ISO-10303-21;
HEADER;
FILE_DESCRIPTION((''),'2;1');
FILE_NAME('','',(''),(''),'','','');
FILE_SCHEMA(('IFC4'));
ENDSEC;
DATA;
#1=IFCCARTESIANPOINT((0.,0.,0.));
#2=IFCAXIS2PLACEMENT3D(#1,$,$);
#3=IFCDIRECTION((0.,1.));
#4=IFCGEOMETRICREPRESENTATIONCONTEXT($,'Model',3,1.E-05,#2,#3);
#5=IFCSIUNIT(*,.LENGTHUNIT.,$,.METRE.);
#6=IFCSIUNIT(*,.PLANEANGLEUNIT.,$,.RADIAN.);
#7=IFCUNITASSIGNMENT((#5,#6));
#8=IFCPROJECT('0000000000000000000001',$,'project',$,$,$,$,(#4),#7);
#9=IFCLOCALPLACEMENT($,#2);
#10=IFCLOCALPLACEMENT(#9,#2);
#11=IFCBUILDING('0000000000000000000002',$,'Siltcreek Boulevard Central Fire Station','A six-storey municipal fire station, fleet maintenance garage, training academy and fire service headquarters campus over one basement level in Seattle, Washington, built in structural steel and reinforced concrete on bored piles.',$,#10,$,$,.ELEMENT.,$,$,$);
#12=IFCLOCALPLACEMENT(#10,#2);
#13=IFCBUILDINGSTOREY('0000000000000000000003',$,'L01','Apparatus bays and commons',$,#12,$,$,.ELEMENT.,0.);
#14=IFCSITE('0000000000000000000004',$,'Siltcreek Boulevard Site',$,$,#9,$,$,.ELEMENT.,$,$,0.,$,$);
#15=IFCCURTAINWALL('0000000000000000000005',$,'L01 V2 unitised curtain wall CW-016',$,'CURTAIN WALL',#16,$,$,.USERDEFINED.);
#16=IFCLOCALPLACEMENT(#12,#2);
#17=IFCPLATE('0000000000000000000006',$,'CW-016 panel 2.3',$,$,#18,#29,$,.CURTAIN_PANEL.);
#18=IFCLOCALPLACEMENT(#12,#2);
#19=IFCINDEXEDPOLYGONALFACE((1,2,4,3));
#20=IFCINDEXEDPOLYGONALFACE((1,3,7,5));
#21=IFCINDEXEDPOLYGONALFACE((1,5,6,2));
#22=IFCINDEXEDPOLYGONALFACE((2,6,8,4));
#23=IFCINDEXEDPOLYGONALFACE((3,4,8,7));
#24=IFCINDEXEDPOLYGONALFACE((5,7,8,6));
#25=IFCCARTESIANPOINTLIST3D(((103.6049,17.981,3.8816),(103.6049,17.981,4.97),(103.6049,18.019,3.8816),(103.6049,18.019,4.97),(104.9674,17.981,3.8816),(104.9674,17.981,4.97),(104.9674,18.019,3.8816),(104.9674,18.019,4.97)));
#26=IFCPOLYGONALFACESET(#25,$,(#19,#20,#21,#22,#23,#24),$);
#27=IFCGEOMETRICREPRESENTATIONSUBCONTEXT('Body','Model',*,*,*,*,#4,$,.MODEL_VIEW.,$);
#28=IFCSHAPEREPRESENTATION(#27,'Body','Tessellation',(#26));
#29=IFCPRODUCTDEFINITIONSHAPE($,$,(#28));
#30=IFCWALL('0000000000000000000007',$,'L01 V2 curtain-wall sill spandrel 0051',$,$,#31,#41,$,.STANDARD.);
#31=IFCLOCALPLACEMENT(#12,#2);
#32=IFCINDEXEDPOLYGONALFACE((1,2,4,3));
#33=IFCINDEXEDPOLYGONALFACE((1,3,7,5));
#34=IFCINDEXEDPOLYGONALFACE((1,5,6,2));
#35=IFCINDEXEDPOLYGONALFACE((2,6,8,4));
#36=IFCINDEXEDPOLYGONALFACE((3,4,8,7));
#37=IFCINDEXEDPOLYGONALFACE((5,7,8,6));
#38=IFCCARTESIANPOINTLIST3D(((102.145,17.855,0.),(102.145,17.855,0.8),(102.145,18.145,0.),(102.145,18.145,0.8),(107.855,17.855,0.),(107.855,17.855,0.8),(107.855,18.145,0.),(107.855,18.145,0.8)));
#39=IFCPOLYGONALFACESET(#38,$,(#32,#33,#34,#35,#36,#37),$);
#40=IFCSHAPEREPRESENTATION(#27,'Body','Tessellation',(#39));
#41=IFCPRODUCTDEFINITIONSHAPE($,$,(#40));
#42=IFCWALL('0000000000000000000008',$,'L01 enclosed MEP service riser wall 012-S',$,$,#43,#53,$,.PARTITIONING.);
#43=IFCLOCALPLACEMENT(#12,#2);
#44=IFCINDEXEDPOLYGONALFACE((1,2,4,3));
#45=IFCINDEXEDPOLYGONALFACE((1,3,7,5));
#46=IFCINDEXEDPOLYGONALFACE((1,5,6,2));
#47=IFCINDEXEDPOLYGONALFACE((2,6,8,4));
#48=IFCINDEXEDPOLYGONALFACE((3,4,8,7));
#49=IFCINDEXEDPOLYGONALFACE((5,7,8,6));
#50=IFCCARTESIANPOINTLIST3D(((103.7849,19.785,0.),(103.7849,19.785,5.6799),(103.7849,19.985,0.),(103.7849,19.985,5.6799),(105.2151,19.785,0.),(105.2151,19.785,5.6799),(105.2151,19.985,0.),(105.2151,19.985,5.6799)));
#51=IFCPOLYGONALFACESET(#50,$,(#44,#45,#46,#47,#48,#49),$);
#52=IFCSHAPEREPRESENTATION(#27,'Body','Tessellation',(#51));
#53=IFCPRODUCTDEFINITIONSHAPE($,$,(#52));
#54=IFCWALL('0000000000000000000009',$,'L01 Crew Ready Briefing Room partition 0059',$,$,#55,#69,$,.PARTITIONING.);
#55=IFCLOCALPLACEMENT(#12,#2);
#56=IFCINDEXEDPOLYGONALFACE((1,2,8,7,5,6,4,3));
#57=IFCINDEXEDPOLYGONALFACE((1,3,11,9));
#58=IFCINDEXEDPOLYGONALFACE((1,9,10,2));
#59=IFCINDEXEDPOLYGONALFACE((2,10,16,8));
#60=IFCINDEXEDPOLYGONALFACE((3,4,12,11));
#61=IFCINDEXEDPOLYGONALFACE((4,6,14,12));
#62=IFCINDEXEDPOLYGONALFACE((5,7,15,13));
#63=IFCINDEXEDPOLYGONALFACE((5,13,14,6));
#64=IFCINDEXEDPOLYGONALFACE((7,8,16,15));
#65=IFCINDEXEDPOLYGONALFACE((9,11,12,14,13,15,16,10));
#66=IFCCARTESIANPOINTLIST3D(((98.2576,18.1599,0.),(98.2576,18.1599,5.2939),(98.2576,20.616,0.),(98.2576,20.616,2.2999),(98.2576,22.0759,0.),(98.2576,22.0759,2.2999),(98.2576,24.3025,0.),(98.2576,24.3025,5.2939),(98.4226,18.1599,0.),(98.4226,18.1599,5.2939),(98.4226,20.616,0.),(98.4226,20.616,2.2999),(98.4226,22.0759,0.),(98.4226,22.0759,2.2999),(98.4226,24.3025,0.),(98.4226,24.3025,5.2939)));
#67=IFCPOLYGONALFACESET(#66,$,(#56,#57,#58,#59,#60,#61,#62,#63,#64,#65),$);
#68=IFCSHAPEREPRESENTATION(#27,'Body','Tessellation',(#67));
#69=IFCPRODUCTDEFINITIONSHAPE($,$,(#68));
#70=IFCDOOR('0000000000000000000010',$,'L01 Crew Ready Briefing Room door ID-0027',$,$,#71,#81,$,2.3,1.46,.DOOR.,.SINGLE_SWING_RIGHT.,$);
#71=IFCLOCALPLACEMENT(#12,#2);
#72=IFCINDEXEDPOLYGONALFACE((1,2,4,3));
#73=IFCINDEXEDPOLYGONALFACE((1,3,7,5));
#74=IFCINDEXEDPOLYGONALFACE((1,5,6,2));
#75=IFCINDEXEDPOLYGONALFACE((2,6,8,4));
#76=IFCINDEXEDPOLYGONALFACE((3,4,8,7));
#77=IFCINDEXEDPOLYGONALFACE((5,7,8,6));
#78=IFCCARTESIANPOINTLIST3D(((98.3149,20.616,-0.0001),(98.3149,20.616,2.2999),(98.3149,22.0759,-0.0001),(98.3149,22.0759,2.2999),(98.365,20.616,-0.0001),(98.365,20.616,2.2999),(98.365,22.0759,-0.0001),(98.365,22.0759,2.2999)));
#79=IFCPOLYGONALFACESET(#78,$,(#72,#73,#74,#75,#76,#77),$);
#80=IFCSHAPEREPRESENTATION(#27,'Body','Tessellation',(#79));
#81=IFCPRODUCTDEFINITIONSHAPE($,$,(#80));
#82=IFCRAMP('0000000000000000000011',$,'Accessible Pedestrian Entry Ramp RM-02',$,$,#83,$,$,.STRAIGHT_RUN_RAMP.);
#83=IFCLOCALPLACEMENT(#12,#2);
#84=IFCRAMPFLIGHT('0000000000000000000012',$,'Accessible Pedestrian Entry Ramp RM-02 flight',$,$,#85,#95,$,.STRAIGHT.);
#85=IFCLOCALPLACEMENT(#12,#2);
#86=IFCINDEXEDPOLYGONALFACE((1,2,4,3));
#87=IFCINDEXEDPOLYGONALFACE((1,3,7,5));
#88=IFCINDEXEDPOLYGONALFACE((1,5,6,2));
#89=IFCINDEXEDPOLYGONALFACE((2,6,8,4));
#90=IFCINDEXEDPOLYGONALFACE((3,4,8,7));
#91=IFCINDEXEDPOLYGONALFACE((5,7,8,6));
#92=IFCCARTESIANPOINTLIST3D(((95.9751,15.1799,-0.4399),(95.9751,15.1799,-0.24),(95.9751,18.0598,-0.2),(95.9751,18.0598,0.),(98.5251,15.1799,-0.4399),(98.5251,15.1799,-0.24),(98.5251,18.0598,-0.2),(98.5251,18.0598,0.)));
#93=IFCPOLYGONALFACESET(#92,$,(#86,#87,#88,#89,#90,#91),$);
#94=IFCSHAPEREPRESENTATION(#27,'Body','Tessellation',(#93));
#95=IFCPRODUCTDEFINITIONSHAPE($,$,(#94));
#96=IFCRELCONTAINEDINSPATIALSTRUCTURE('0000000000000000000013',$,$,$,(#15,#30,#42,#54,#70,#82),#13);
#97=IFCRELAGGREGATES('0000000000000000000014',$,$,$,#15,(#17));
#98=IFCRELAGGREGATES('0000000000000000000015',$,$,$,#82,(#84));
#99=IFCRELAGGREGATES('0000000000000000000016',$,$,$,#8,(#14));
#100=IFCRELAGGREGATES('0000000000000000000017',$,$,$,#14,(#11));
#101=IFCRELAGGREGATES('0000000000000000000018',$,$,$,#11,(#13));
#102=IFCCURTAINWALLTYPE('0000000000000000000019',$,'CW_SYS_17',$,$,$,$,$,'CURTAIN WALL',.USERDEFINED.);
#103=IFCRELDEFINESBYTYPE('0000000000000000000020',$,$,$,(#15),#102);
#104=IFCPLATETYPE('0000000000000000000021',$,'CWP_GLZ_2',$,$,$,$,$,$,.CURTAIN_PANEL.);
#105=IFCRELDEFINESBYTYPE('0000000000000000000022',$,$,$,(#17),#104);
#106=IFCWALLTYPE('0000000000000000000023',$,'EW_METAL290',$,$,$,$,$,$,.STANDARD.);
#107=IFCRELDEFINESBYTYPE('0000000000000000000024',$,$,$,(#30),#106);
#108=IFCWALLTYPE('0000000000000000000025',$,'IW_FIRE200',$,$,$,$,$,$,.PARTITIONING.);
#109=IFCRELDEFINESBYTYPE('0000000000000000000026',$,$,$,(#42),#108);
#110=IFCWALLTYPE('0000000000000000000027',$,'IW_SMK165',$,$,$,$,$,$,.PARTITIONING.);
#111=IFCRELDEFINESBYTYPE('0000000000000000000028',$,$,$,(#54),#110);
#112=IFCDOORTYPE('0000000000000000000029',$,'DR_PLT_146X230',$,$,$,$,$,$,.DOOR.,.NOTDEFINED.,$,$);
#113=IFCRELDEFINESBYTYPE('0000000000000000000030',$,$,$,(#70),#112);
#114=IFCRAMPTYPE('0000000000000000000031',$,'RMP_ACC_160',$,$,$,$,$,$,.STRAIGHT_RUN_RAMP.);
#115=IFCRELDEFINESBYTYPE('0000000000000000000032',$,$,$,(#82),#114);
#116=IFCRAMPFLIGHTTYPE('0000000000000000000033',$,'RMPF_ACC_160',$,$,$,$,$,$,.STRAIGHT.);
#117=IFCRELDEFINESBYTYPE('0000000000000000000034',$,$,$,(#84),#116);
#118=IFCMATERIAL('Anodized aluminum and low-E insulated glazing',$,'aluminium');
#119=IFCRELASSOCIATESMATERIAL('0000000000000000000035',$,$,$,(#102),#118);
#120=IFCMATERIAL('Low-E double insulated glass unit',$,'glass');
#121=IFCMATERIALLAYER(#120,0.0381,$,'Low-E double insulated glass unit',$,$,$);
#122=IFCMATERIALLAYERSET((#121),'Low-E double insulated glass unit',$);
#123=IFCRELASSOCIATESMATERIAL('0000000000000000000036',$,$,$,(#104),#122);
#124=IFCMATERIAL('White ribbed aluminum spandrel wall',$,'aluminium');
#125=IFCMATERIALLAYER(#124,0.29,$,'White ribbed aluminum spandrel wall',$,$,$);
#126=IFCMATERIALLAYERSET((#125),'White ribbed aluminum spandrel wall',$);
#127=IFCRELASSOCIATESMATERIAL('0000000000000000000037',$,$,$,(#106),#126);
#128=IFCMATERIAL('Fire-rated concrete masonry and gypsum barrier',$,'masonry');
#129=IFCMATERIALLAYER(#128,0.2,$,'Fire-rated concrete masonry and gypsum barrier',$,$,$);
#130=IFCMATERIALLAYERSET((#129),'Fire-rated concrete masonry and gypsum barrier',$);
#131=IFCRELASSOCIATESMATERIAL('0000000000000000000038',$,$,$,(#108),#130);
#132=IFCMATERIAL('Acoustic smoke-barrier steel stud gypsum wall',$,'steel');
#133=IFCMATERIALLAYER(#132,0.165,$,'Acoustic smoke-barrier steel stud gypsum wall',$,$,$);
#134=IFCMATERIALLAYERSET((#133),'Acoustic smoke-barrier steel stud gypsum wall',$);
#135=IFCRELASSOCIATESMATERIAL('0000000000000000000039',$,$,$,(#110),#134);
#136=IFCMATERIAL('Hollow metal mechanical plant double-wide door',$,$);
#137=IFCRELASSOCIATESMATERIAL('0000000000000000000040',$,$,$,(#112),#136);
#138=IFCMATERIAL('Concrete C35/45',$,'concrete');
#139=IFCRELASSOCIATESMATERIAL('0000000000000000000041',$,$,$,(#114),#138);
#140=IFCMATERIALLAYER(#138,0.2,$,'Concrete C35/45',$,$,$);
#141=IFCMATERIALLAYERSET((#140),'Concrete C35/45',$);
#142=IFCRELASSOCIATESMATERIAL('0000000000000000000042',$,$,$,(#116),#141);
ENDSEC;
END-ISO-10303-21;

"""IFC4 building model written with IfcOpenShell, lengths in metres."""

from ifc_helpers import new_model, si_unit, direction, frame, frame_2d, origin, origin_2d, place, context, subcontext, project, spatial, polyline, rectangle, outline, extrude, material, layer, layer_set, type_object, element, fill, aggregate, save


model = new_model("IFC4")

# Units and contexts
model_context = context("Model", 3, precision=1e-05, world=origin(), true_north=direction((0.0, 1.0)))
body_context = subcontext(model_context, "Body", "Model", "MODEL_VIEW")
ifc_project = project(units=[si_unit("LENGTHUNIT", "METRE"), si_unit("PLANEANGLEUNIT", "RADIAN")], contexts=[model_context])

# Site, building, storey
site_placement = place(None, origin())
site = spatial("IfcSite", under=ifc_project, at=site_placement, Name="Siltcreek Boulevard Site", CompositionType="ELEMENT", RefElevation=0.0)
building_placement = place(site_placement, origin())
building = spatial("IfcBuilding", under=site, at=building_placement, Name="Siltcreek Boulevard Central Fire Station", Description="A six-storey municipal fire station, fleet maintenance garage, training academy and fire service headquarters campus over one basement level in Seattle, Washington, built in structural steel and reinforced concrete on bored piles.", CompositionType="ELEMENT")
storey_placement = place(building_placement, origin())
storey = spatial("IfcBuildingStorey", under=building, at=storey_placement, Name="L01", Description="Apparatus bays and commons", CompositionType="ELEMENT", Elevation=0.0)

# Shared definitions
ifc_material_1 = material(Name="Concrete C35/45", Category="concrete")

# Curtain wall
ifc_material_2 = material(Name="Anodized aluminum and low-E insulated glazing", Category="aluminium")
curtain_wall_type = type_object("IfcCurtainWallType", Name="CW_SYS_17", ElementType="CURTAIN WALL", PredefinedType="USERDEFINED", material=ifc_material_2)
curtain_wall_placement = place(storey_placement, origin())
curtain_wall = element("IfcCurtainWall", 1, at=curtain_wall_placement, inside=storey, type_object=curtain_wall_type, Name="L01 V2 unitised curtain wall CW-016", ObjectType="CURTAIN WALL", PredefinedType="USERDEFINED")

# Plate
ifc_material_3 = material(Name="Low-E double insulated glass unit", Category="glass")
ifc_layer_1 = layer(ifc_material_3, 0.0381, Name="Low-E double insulated glass unit")
ifc_layer_set_1 = layer_set([ifc_layer_1], Name="Low-E double insulated glass unit")
plate_type = type_object("IfcPlateType", Name="CWP_GLZ_2", PredefinedType="CURTAIN_PANEL", material=ifc_layer_set_1)
plate_1_placement = place(storey_placement, frame((104.2861, 18.0, 3.8816), z_axis=(0.0, 0.0, 1.0), x_axis=(1.0, 0.0, 0.0)))
plate_1 = element("IfcPlate", 2, at=plate_1_placement, type_object=plate_type, Name="CW-016 panel 2.3", PredefinedType="CURTAIN_PANEL", context=body_context, shape_type="SweptSolid", body=[
    extrude(rectangle(XDim=1.3625, YDim=0.0381, at=origin_2d()), origin(), (0.0, 0.0, 1.0), 1.0884),
])
aggregate(curtain_wall, [plate_1])

# Walls
ifc_material_4 = material(Name="White ribbed aluminum spandrel wall", Category="aluminium")
ifc_layer_2 = layer(ifc_material_4, 0.29, Name="White ribbed aluminum spandrel wall")
ifc_layer_set_2 = layer_set([ifc_layer_2], Name="White ribbed aluminum spandrel wall")
wall_type_1 = type_object("IfcWallType", Name="EW_METAL290", PredefinedType="STANDARD", material=ifc_layer_set_2)
wall_1_placement = place(storey_placement, frame((102.145, 18.0, 0.0), z_axis=(0.0, 0.0, 1.0), x_axis=(1.0, 0.0, 0.0)))
element("IfcWall", 3, at=wall_1_placement, inside=storey, type_object=wall_type_1, Name="L01 V2 curtain-wall sill spandrel 0051", PredefinedType="STANDARD", context=body_context, shape_type="SweptSolid", body=[
    extrude(rectangle(XDim=5.71, YDim=0.29, at=frame_2d((2.855, 0.0))), origin(), (0.0, 0.0, 1.0), 0.8),
])
ifc_material_5 = material(Name="Fire-rated concrete masonry and gypsum barrier", Category="masonry")
ifc_layer_3 = layer(ifc_material_5, 0.2, Name="Fire-rated concrete masonry and gypsum barrier")
ifc_layer_set_3 = layer_set([ifc_layer_3], Name="Fire-rated concrete masonry and gypsum barrier")
wall_type_2 = type_object("IfcWallType", Name="IW_FIRE200", PredefinedType="PARTITIONING", material=ifc_layer_set_3)
wall_2_placement = place(storey_placement, frame((103.7849, 19.885, 0.0), z_axis=(0.0, 0.0, 1.0), x_axis=(1.0, 0.0, 0.0)))
element("IfcWall", 4, at=wall_2_placement, inside=storey, type_object=wall_type_2, Name="L01 enclosed MEP service riser wall 012-S", PredefinedType="PARTITIONING", context=body_context, shape_type="SweptSolid", body=[
    extrude(rectangle(XDim=1.4302, YDim=0.2, at=frame_2d((0.7151, 0.0))), origin(), (0.0, 0.0, 1.0), 5.6799),
])

# Wall, opening, door
ifc_material_6 = material(Name="Acoustic smoke-barrier steel stud gypsum wall", Category="steel")
ifc_layer_4 = layer(ifc_material_6, 0.165, Name="Acoustic smoke-barrier steel stud gypsum wall")
ifc_layer_set_4 = layer_set([ifc_layer_4], Name="Acoustic smoke-barrier steel stud gypsum wall")
wall_type_3 = type_object("IfcWallType", Name="IW_SMK165", PredefinedType="PARTITIONING", material=ifc_layer_set_4)
wall_3_placement = place(storey_placement, frame((98.3401, 18.1599, 0.0), z_axis=(0.0, 0.0, 1.0), x_axis=(0.0, 1.0, 0.0)))
wall_3 = element("IfcWall", 5, at=wall_3_placement, inside=storey, type_object=wall_type_3, Name="L01 Crew Ready Briefing Room partition 0059", PredefinedType="PARTITIONING", context=body_context, shape_type="SweptSolid", body=[
    extrude(rectangle(XDim=6.1426, YDim=0.165, at=frame_2d((3.0713, 0.0))), origin(), (0.0, 0.0, 1.0), 5.2939),
])
opening_placement = place(wall_3_placement, frame((2.4561, 0.0, 0.0)))
opening = element("IfcOpeningElement", 6, at=opening_placement, cuts=wall_3, PredefinedType="OPENING", context=body_context, shape_type="SweptSolid", body=[
    extrude(rectangle(XDim=1.46, YDim=2.3, at=frame_2d((0.73, 1.1499))), frame((0.0, 0.0925, 0.0), z_axis=(0.0, -1.0, 0.0), x_axis=(1.0, 0.0, 0.0)), (0.0, 0.0, 1.0), 0.1851),
])
ifc_material_7 = material(Name="Hollow metal mechanical plant double-wide door")
door_type = type_object("IfcDoorType", Name="DR_PLT_146X230", OperationType="NOTDEFINED", PredefinedType="DOOR", material=ifc_material_7)
door_placement = place(opening_placement, frame((1.46, 0.0, 0.0), z_axis=(0.0, 0.0, 1.0), x_axis=(-1.0, 0.0, 0.0)))
door = element("IfcDoor", 7, at=door_placement, inside=storey, type_object=door_type, Name="L01 Crew Ready Briefing Room door ID-0027", OperationType="SINGLE_SWING_RIGHT", OverallHeight=2.3, OverallWidth=1.46, PredefinedType="DOOR", context=body_context, shape_type="SweptSolid", body=[
    extrude(rectangle(XDim=1.46, YDim=2.3, at=frame_2d((0.73, 1.1499))), frame((0.0, 0.0249, 0.0), z_axis=(0.0, -1.0, 0.0), x_axis=(1.0, 0.0, 0.0)), (0.0, 0.0, 1.0), 0.05),
])
fill(opening, door)

# Ramp, ramp flight
ramp_type = type_object("IfcRampType", Name="RMP_ACC_160", PredefinedType="STRAIGHT_RUN_RAMP", material=ifc_material_1)
ramp_placement = place(storey_placement, origin())
ramp = element("IfcRamp", 8, at=ramp_placement, inside=storey, type_object=ramp_type, Name="Accessible Pedestrian Entry Ramp RM-02", PredefinedType="STRAIGHT_RUN_RAMP")
ifc_layer_5 = layer(ifc_material_1, 0.2, Name="Concrete C35/45")
ifc_layer_set_5 = layer_set([ifc_layer_5], Name="Concrete C35/45")
ramp_flight_type = type_object("IfcRampFlightType", Name="RMPF_ACC_160", PredefinedType="STRAIGHT", material=ifc_layer_set_5)
ramp_flight_placement = place(storey_placement, frame((97.25, 15.1799, -0.24), z_axis=(0.0, 0.0, 1.0), x_axis=(0.0, 1.0, 0.0)))
ramp_flight = element("IfcRampFlight", 9, at=ramp_flight_placement, type_object=ramp_flight_type, Name="Accessible Pedestrian Entry Ramp RM-02 flight", PredefinedType="STRAIGHT", context=body_context, shape_type="SweptSolid", body=[
    extrude(outline(polyline([(0.0, 0.0), (0.0, -0.2), (2.8799, 0.04), (2.8799, 0.24), (0.0, 0.0)])), frame((0.0, 1.2749, 0.0), z_axis=(0.0, -1.0, 0.0), x_axis=(1.0, 0.0, 0.0)), (0.0, 0.0, 1.0), 2.55),
])
aggregate(ramp, [ramp_flight])

save(model, "model.ifc")
